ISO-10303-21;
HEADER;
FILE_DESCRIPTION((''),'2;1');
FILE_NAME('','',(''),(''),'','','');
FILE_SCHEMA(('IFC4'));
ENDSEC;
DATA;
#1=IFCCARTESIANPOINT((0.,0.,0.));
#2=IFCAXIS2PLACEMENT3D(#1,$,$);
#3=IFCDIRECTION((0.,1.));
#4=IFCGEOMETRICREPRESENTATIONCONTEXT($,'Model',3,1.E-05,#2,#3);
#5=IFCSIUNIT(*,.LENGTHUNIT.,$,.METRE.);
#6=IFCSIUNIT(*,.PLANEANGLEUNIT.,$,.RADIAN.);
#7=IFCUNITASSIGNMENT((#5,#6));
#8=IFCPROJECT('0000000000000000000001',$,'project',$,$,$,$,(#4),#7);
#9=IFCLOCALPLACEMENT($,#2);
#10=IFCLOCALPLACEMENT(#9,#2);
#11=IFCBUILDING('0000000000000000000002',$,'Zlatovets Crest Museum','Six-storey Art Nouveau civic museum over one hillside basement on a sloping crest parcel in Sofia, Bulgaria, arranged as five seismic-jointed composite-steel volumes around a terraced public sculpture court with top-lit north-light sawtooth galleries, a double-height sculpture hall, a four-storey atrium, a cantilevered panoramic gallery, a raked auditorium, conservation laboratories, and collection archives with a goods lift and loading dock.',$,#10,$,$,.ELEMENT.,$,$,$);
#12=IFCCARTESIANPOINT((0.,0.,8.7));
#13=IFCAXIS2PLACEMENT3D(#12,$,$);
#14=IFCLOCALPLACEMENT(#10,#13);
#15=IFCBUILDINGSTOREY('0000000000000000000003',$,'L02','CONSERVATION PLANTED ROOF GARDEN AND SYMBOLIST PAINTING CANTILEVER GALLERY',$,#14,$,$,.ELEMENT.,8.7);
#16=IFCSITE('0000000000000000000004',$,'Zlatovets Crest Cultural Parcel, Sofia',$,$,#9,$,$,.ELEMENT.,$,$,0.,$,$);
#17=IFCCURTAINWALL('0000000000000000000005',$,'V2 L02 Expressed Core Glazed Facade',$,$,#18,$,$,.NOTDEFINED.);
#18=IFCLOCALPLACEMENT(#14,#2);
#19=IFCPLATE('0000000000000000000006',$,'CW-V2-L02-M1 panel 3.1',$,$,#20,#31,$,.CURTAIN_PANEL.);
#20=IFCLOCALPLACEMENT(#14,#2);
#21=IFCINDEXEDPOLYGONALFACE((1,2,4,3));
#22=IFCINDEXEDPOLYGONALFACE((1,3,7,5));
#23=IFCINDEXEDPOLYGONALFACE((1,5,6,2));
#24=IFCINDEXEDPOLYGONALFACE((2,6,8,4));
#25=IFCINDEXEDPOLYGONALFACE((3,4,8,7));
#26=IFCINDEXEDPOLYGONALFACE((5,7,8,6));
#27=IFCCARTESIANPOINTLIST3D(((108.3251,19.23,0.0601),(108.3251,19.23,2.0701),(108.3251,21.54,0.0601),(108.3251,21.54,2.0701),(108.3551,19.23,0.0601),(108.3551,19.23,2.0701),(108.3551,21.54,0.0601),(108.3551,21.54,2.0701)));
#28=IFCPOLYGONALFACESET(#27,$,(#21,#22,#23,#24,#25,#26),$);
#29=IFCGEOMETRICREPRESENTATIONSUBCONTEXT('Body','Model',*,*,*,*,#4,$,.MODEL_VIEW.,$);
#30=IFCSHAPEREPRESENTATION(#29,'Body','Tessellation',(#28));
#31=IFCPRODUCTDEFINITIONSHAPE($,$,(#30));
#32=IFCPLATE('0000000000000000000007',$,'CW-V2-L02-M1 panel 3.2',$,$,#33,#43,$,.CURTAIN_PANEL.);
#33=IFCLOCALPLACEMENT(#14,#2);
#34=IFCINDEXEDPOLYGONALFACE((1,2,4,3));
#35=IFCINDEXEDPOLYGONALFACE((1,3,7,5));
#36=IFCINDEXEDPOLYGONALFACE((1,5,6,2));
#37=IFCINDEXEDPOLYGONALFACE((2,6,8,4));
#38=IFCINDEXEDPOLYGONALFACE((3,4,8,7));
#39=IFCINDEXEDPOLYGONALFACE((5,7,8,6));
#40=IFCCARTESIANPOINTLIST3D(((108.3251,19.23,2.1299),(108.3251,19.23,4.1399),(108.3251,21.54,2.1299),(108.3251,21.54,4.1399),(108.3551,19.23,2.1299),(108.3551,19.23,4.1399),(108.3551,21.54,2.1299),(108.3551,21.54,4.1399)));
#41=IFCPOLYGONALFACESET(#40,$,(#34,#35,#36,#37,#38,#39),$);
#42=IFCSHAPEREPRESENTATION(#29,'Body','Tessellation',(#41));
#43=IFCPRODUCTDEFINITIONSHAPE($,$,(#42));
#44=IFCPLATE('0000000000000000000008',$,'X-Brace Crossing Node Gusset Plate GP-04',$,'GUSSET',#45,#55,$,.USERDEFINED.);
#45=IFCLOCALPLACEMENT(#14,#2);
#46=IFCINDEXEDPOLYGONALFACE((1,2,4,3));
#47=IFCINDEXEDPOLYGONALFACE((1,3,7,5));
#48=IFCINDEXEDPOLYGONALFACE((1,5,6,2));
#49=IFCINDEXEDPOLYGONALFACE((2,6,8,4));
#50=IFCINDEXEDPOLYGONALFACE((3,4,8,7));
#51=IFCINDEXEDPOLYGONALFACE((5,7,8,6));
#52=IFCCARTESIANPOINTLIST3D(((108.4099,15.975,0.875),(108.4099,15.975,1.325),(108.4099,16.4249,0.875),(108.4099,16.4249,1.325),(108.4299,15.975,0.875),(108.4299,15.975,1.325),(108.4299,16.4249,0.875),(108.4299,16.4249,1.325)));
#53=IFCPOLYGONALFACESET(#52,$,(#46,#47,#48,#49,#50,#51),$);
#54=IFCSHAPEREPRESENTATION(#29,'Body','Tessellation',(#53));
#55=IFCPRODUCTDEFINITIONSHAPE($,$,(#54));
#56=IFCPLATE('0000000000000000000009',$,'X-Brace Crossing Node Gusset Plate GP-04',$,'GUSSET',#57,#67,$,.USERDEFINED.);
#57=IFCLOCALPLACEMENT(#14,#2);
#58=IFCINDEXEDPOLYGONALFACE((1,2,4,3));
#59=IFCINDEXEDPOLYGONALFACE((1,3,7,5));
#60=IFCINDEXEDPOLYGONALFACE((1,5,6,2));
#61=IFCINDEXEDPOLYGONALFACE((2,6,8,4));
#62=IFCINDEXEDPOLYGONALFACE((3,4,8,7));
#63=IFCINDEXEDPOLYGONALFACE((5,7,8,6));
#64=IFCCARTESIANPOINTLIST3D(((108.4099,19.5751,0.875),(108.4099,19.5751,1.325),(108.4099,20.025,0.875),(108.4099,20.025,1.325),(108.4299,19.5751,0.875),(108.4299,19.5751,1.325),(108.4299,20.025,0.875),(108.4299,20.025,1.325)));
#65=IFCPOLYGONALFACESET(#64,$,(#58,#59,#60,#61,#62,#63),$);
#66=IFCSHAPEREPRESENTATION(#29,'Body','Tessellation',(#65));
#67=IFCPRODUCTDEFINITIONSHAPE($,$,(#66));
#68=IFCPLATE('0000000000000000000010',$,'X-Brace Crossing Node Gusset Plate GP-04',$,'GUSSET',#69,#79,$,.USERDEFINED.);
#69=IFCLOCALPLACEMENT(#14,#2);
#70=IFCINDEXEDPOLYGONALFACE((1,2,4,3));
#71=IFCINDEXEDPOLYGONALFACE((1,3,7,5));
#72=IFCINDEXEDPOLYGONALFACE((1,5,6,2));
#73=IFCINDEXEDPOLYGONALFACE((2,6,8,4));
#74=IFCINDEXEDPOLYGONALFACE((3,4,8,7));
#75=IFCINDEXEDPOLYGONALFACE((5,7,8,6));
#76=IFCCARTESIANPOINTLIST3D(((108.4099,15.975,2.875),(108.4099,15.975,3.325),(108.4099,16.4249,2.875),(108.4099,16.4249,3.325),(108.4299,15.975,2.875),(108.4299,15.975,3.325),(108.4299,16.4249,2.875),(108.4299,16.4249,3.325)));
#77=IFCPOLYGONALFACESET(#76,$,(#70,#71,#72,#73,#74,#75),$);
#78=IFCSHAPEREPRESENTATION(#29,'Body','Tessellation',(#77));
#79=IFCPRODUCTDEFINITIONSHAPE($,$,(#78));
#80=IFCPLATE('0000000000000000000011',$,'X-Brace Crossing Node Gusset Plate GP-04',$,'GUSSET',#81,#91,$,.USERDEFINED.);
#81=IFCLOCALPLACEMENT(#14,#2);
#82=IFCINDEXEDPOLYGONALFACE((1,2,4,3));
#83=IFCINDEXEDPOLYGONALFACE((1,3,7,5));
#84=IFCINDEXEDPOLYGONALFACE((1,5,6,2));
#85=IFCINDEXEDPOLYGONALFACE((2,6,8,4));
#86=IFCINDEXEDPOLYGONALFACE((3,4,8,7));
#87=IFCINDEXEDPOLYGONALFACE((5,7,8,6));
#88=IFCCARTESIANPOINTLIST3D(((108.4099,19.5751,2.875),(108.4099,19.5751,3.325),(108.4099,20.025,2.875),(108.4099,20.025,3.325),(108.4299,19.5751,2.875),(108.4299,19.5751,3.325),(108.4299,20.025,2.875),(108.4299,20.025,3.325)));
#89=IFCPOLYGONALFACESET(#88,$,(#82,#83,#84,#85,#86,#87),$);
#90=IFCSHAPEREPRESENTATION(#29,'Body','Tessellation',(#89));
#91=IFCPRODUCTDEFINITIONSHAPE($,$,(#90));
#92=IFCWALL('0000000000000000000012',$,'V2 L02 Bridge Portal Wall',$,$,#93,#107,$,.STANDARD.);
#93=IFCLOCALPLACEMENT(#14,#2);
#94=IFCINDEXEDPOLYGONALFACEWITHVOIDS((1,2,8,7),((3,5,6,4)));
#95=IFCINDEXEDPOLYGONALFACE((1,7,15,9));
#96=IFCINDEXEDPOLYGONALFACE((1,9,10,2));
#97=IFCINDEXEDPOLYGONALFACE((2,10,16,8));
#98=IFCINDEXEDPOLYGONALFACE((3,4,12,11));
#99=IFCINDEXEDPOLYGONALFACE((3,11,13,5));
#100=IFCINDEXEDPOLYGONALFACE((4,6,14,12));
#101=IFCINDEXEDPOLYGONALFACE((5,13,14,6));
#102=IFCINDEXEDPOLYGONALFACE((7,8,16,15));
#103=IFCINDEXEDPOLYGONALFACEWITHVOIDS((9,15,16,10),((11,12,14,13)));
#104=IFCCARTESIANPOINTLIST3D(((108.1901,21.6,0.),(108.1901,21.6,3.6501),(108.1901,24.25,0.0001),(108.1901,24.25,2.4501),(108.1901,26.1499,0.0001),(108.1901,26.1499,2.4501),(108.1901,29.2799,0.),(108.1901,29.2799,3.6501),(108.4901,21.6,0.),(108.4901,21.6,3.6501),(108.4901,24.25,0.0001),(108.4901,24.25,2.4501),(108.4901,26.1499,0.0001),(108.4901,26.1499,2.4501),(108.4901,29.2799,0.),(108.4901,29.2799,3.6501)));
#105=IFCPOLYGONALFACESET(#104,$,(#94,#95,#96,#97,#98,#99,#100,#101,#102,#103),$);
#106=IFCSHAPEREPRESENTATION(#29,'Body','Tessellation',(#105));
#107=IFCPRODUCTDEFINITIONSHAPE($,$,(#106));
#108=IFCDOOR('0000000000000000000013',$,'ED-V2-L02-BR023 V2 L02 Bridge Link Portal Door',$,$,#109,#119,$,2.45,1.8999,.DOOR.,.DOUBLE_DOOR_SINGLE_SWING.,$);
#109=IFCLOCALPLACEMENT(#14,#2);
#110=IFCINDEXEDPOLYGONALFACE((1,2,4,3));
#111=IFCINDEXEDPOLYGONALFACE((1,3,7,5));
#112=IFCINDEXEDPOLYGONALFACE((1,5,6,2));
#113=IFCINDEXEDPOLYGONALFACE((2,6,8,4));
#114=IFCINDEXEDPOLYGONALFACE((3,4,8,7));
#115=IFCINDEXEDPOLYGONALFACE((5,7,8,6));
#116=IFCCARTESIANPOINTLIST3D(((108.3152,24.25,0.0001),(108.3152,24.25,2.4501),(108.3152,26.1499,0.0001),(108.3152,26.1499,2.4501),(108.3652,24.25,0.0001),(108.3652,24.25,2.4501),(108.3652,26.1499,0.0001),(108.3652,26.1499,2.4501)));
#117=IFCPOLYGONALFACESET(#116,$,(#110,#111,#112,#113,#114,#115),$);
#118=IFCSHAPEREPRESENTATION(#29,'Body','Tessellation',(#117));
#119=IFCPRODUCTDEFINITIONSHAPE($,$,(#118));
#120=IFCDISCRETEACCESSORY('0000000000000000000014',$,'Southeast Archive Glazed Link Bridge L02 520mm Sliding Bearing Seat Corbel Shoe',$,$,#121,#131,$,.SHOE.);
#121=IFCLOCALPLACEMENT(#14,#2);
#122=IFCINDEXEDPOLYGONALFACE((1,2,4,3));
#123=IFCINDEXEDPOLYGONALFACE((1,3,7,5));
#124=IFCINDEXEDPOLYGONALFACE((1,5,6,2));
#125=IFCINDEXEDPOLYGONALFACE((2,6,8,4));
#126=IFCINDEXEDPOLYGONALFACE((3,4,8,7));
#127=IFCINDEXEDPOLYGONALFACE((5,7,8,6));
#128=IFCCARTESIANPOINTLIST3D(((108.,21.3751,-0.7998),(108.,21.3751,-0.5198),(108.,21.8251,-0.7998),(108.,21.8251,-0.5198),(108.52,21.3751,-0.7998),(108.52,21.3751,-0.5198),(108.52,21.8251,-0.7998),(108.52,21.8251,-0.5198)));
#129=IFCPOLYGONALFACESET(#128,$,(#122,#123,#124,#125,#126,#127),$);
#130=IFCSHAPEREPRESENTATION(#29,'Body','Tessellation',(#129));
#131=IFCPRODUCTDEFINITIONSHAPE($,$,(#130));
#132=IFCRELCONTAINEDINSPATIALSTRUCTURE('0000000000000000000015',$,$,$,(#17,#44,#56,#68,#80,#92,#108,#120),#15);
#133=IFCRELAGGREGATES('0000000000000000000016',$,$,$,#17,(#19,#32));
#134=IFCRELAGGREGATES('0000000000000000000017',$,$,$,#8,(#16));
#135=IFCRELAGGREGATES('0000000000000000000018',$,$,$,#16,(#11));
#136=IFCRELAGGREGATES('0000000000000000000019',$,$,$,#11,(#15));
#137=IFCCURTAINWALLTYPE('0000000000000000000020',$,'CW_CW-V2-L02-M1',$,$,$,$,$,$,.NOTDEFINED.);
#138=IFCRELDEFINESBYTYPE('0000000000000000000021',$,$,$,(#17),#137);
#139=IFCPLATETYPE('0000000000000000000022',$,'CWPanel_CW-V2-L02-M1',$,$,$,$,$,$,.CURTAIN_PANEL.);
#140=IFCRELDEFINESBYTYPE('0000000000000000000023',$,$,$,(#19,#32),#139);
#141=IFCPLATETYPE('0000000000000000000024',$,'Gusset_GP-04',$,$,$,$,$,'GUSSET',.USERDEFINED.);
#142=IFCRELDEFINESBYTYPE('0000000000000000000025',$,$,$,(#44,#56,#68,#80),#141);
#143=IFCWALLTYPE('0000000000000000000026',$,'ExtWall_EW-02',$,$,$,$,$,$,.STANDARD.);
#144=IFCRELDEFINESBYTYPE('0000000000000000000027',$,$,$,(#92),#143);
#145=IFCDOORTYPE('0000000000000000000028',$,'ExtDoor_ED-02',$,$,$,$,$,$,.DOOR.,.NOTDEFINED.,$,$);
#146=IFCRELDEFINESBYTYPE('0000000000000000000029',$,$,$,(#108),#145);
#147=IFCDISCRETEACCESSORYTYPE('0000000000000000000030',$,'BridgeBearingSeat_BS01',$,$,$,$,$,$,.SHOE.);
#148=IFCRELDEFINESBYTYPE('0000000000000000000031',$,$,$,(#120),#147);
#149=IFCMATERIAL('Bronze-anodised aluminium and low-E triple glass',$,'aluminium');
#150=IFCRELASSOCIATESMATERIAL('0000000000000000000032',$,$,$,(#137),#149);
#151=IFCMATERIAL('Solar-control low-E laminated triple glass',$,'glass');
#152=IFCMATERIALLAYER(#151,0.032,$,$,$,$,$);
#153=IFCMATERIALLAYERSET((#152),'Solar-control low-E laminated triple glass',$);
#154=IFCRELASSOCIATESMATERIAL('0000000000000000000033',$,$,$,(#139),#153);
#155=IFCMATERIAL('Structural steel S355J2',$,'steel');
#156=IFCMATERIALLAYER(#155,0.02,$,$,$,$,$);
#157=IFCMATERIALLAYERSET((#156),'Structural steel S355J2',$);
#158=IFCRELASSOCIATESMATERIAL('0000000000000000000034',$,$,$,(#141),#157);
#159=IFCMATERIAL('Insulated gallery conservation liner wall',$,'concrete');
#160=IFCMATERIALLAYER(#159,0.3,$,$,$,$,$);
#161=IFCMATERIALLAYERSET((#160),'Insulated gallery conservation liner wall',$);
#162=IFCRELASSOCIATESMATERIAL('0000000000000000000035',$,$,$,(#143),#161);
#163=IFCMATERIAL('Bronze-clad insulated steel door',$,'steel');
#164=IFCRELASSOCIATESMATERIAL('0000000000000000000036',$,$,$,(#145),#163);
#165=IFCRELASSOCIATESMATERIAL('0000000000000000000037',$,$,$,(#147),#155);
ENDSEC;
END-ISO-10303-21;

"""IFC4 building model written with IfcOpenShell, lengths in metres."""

from ifc_helpers import new_model, si_unit, direction, frame, frame_2d, origin, origin_2d, place, context, subcontext, project, spatial, rectangle, extrude, material, layer, layer_set, type_object, element, fill, aggregate, save


model = new_model("IFC4")

# Units and contexts
model_context = context("Model", 3, precision=1e-05, world=origin(), true_north=direction((0.0, 1.0)))
body_context = subcontext(model_context, "Body", "Model", "MODEL_VIEW")
ifc_project = project(units=[si_unit("LENGTHUNIT", "METRE"), si_unit("PLANEANGLEUNIT", "RADIAN")], contexts=[model_context])

# Site, building, storey
site_placement = place(None, origin())
site = spatial("IfcSite", under=ifc_project, at=site_placement, Name="Zlatovets Crest Cultural Parcel, Sofia", CompositionType="ELEMENT", RefElevation=0.0)
building_placement = place(site_placement, origin())
building = spatial("IfcBuilding", under=site, at=building_placement, Name="Zlatovets Crest Museum", Description="Six-storey Art Nouveau civic museum over one hillside basement on a sloping crest parcel in Sofia, Bulgaria, arranged as five seismic-jointed composite-steel volumes around a terraced public sculpture court with top-lit north-light sawtooth galleries, a double-height sculpture hall, a four-storey atrium, a cantilevered panoramic gallery, a raked auditorium, conservation laboratories, and collection archives with a goods lift and loading dock.", CompositionType="ELEMENT")
storey_placement = place(building_placement, frame((0.0, 0.0, 8.7)))
storey = spatial("IfcBuildingStorey", under=building, at=storey_placement, Name="L02", Description="CONSERVATION PLANTED ROOF GARDEN AND SYMBOLIST PAINTING CANTILEVER GALLERY", CompositionType="ELEMENT", Elevation=8.7)

# Curtain wall
ifc_material_1 = material(Name="Bronze-anodised aluminium and low-E triple glass", Category="aluminium")
curtain_wall_type_1 = type_object("IfcCurtainWallType", Name="CW_CW-V2-L02-M1", PredefinedType="NOTDEFINED", material=ifc_material_1)
curtain_wall_1_placement = place(storey_placement, origin())
curtain_wall_1 = element("IfcCurtainWall", 1, at=curtain_wall_1_placement, inside=storey, type_object=curtain_wall_type_1, Name="V2 L02 Expressed Core Glazed Facade", PredefinedType="NOTDEFINED")

# Plates
ifc_material_2 = material(Name="Solar-control low-E laminated triple glass", Category="glass")
ifc_layer_1 = layer(ifc_material_2, 0.032)
ifc_layer_set_1 = layer_set([ifc_layer_1], Name="Solar-control low-E laminated triple glass")
plate_type_1 = type_object("IfcPlateType", Name="CWPanel_CW-V2-L02-M1", PredefinedType="CURTAIN_PANEL", material=ifc_layer_set_1)
plate_1_placement = place(storey_placement, frame((108.3401, 20.385, 0.0601), z_axis=(0.0, 0.0, 1.0), x_axis=(0.0, 1.0, 0.0)))
plate_1 = element("IfcPlate", 2, at=plate_1_placement, type_object=plate_type_1, Name="CW-V2-L02-M1 panel 3.1", PredefinedType="CURTAIN_PANEL", context=body_context, shape_type="SweptSolid", body=[
    extrude(rectangle(XDim=2.3101, YDim=0.03, at=origin_2d()), origin(), (0.0, 0.0, 1.0), 2.01),
])
plate_2_placement = place(storey_placement, frame((108.3401, 20.385, 2.1299), z_axis=(0.0, 0.0, 1.0), x_axis=(0.0, 1.0, 0.0)))
plate_2 = element("IfcPlate", 3, at=plate_2_placement, type_object=plate_type_1, Name="CW-V2-L02-M1 panel 3.2", PredefinedType="CURTAIN_PANEL", context=body_context, shape_type="SweptSolid", body=[
    extrude(rectangle(XDim=2.3101, YDim=0.03, at=origin_2d()), origin(), (0.0, 0.0, 1.0), 2.01),
])
aggregate(curtain_wall_1, [plate_1, plate_2])

# Plates
ifc_material_3 = material(Name="Structural steel S355J2", Category="steel")
ifc_layer_2 = layer(ifc_material_3, 0.02)
ifc_layer_set_2 = layer_set([ifc_layer_2], Name="Structural steel S355J2")
plate_type_2 = type_object("IfcPlateType", Name="Gusset_GP-04", ElementType="GUSSET", PredefinedType="USERDEFINED", material=ifc_layer_set_2)
for number, where, z_axis, x_axis, name in (
    (4, (108.4199, 16.2, 0.875), (0.0, 0.0, 1.0), (1.0, 0.0, 0.0), "X-Brace Crossing Node Gusset Plate GP-04"),
    (5, (108.4199, 19.8, 0.875), (0.0, 0.0, 1.0), (1.0, 0.0, 0.0), "X-Brace Crossing Node Gusset Plate GP-04"),
    (6, (108.4199, 16.2, 2.875), (0.0, 0.0, 1.0), (1.0, 0.0, 0.0), "X-Brace Crossing Node Gusset Plate GP-04"),
    (7, (108.4199, 19.8, 2.875), (0.0, 0.0, 1.0), (1.0, 0.0, 0.0), "X-Brace Crossing Node Gusset Plate GP-04"),
):
    element("IfcPlate", number, at=place(storey_placement, frame(where, z_axis=z_axis, x_axis=x_axis)), inside=storey, type_object=plate_type_2, Name=name, ObjectType="GUSSET", PredefinedType="USERDEFINED", context=body_context, shape_type="SweptSolid", body=[
        extrude(rectangle(XDim=0.02, YDim=0.45, at=origin_2d()), origin(), (0.0, 0.0, 1.0), 0.45),
    ])

# Wall, opening, door
ifc_material_4 = material(Name="Insulated gallery conservation liner wall", Category="concrete")
ifc_layer_3 = layer(ifc_material_4, 0.3)
ifc_layer_set_3 = layer_set([ifc_layer_3], Name="Insulated gallery conservation liner wall")
wall_type = type_object("IfcWallType", Name="ExtWall_EW-02", PredefinedType="STANDARD", material=ifc_layer_set_3)
wall_placement = place(storey_placement, frame((108.3401, 21.6001, 0.0), z_axis=(0.0, 0.0, 1.0), x_axis=(0.0, 1.0, 0.0)))
wall = element("IfcWall", 8, at=wall_placement, inside=storey, type_object=wall_type, Name="V2 L02 Bridge Portal Wall", PredefinedType="STANDARD", context=body_context, shape_type="SweptSolid", body=[
    extrude(rectangle(XDim=7.6799, YDim=0.3, at=frame_2d((3.8398, 0.0))), origin(), (0.0, 0.0, 1.0), 3.6501),
])
opening_placement = place(wall_placement, frame((2.6499, 0.0, 0.0)))
opening = element("IfcOpeningElement", 9, at=opening_placement, cuts=wall, PredefinedType="OPENING", context=body_context, shape_type="SweptSolid", body=[
    extrude(rectangle(XDim=1.8999, YDim=2.45, at=frame_2d((0.95, 1.2251))), frame((0.0, 0.1602, 0.0), z_axis=(0.0, -1.0, 0.0), x_axis=(1.0, 0.0, 0.0)), (0.0, 0.0, 1.0), 0.3201),
])
ifc_material_5 = material(Name="Bronze-clad insulated steel door", Category="steel")
door_type = type_object("IfcDoorType", Name="ExtDoor_ED-02", OperationType="NOTDEFINED", PredefinedType="DOOR", material=ifc_material_5)
door_placement = place(opening_placement, origin())
door = element("IfcDoor", 10, at=door_placement, inside=storey, type_object=door_type, Name="ED-V2-L02-BR023 V2 L02 Bridge Link Portal Door", OperationType="DOUBLE_DOOR_SINGLE_SWING", OverallHeight=2.45, OverallWidth=1.8999, PredefinedType="DOOR", context=body_context, shape_type="SweptSolid", body=[
    extrude(rectangle(XDim=1.8999, YDim=2.45, at=frame_2d((0.95, 1.2251))), frame((0.0, 0.0249, 0.0), z_axis=(0.0, -1.0, 0.0), x_axis=(1.0, 0.0, 0.0)), (0.0, 0.0, 1.0), 0.05),
])
fill(opening, door)

# Discrete accessory
discrete_accessory_type = type_object("IfcDiscreteAccessoryType", Name="BridgeBearingSeat_BS01", PredefinedType="SHOE", material=ifc_material_3)
discrete_accessory_placement = place(storey_placement, frame((108.26, 21.6001, -0.7998), z_axis=(0.0, 0.0, 1.0), x_axis=(1.0, 0.0, 0.0)))
element("IfcDiscreteAccessory", 11, at=discrete_accessory_placement, inside=storey, type_object=discrete_accessory_type, Name="Southeast Archive Glazed Link Bridge L02 520mm Sliding Bearing Seat Corbel Shoe", PredefinedType="SHOE", context=body_context, shape_type="SweptSolid", body=[
    extrude(rectangle(XDim=0.52, YDim=0.45, at=origin_2d()), origin(), (0.0, 0.0, 1.0), 0.28),
])

save(model, "model.ifc")
